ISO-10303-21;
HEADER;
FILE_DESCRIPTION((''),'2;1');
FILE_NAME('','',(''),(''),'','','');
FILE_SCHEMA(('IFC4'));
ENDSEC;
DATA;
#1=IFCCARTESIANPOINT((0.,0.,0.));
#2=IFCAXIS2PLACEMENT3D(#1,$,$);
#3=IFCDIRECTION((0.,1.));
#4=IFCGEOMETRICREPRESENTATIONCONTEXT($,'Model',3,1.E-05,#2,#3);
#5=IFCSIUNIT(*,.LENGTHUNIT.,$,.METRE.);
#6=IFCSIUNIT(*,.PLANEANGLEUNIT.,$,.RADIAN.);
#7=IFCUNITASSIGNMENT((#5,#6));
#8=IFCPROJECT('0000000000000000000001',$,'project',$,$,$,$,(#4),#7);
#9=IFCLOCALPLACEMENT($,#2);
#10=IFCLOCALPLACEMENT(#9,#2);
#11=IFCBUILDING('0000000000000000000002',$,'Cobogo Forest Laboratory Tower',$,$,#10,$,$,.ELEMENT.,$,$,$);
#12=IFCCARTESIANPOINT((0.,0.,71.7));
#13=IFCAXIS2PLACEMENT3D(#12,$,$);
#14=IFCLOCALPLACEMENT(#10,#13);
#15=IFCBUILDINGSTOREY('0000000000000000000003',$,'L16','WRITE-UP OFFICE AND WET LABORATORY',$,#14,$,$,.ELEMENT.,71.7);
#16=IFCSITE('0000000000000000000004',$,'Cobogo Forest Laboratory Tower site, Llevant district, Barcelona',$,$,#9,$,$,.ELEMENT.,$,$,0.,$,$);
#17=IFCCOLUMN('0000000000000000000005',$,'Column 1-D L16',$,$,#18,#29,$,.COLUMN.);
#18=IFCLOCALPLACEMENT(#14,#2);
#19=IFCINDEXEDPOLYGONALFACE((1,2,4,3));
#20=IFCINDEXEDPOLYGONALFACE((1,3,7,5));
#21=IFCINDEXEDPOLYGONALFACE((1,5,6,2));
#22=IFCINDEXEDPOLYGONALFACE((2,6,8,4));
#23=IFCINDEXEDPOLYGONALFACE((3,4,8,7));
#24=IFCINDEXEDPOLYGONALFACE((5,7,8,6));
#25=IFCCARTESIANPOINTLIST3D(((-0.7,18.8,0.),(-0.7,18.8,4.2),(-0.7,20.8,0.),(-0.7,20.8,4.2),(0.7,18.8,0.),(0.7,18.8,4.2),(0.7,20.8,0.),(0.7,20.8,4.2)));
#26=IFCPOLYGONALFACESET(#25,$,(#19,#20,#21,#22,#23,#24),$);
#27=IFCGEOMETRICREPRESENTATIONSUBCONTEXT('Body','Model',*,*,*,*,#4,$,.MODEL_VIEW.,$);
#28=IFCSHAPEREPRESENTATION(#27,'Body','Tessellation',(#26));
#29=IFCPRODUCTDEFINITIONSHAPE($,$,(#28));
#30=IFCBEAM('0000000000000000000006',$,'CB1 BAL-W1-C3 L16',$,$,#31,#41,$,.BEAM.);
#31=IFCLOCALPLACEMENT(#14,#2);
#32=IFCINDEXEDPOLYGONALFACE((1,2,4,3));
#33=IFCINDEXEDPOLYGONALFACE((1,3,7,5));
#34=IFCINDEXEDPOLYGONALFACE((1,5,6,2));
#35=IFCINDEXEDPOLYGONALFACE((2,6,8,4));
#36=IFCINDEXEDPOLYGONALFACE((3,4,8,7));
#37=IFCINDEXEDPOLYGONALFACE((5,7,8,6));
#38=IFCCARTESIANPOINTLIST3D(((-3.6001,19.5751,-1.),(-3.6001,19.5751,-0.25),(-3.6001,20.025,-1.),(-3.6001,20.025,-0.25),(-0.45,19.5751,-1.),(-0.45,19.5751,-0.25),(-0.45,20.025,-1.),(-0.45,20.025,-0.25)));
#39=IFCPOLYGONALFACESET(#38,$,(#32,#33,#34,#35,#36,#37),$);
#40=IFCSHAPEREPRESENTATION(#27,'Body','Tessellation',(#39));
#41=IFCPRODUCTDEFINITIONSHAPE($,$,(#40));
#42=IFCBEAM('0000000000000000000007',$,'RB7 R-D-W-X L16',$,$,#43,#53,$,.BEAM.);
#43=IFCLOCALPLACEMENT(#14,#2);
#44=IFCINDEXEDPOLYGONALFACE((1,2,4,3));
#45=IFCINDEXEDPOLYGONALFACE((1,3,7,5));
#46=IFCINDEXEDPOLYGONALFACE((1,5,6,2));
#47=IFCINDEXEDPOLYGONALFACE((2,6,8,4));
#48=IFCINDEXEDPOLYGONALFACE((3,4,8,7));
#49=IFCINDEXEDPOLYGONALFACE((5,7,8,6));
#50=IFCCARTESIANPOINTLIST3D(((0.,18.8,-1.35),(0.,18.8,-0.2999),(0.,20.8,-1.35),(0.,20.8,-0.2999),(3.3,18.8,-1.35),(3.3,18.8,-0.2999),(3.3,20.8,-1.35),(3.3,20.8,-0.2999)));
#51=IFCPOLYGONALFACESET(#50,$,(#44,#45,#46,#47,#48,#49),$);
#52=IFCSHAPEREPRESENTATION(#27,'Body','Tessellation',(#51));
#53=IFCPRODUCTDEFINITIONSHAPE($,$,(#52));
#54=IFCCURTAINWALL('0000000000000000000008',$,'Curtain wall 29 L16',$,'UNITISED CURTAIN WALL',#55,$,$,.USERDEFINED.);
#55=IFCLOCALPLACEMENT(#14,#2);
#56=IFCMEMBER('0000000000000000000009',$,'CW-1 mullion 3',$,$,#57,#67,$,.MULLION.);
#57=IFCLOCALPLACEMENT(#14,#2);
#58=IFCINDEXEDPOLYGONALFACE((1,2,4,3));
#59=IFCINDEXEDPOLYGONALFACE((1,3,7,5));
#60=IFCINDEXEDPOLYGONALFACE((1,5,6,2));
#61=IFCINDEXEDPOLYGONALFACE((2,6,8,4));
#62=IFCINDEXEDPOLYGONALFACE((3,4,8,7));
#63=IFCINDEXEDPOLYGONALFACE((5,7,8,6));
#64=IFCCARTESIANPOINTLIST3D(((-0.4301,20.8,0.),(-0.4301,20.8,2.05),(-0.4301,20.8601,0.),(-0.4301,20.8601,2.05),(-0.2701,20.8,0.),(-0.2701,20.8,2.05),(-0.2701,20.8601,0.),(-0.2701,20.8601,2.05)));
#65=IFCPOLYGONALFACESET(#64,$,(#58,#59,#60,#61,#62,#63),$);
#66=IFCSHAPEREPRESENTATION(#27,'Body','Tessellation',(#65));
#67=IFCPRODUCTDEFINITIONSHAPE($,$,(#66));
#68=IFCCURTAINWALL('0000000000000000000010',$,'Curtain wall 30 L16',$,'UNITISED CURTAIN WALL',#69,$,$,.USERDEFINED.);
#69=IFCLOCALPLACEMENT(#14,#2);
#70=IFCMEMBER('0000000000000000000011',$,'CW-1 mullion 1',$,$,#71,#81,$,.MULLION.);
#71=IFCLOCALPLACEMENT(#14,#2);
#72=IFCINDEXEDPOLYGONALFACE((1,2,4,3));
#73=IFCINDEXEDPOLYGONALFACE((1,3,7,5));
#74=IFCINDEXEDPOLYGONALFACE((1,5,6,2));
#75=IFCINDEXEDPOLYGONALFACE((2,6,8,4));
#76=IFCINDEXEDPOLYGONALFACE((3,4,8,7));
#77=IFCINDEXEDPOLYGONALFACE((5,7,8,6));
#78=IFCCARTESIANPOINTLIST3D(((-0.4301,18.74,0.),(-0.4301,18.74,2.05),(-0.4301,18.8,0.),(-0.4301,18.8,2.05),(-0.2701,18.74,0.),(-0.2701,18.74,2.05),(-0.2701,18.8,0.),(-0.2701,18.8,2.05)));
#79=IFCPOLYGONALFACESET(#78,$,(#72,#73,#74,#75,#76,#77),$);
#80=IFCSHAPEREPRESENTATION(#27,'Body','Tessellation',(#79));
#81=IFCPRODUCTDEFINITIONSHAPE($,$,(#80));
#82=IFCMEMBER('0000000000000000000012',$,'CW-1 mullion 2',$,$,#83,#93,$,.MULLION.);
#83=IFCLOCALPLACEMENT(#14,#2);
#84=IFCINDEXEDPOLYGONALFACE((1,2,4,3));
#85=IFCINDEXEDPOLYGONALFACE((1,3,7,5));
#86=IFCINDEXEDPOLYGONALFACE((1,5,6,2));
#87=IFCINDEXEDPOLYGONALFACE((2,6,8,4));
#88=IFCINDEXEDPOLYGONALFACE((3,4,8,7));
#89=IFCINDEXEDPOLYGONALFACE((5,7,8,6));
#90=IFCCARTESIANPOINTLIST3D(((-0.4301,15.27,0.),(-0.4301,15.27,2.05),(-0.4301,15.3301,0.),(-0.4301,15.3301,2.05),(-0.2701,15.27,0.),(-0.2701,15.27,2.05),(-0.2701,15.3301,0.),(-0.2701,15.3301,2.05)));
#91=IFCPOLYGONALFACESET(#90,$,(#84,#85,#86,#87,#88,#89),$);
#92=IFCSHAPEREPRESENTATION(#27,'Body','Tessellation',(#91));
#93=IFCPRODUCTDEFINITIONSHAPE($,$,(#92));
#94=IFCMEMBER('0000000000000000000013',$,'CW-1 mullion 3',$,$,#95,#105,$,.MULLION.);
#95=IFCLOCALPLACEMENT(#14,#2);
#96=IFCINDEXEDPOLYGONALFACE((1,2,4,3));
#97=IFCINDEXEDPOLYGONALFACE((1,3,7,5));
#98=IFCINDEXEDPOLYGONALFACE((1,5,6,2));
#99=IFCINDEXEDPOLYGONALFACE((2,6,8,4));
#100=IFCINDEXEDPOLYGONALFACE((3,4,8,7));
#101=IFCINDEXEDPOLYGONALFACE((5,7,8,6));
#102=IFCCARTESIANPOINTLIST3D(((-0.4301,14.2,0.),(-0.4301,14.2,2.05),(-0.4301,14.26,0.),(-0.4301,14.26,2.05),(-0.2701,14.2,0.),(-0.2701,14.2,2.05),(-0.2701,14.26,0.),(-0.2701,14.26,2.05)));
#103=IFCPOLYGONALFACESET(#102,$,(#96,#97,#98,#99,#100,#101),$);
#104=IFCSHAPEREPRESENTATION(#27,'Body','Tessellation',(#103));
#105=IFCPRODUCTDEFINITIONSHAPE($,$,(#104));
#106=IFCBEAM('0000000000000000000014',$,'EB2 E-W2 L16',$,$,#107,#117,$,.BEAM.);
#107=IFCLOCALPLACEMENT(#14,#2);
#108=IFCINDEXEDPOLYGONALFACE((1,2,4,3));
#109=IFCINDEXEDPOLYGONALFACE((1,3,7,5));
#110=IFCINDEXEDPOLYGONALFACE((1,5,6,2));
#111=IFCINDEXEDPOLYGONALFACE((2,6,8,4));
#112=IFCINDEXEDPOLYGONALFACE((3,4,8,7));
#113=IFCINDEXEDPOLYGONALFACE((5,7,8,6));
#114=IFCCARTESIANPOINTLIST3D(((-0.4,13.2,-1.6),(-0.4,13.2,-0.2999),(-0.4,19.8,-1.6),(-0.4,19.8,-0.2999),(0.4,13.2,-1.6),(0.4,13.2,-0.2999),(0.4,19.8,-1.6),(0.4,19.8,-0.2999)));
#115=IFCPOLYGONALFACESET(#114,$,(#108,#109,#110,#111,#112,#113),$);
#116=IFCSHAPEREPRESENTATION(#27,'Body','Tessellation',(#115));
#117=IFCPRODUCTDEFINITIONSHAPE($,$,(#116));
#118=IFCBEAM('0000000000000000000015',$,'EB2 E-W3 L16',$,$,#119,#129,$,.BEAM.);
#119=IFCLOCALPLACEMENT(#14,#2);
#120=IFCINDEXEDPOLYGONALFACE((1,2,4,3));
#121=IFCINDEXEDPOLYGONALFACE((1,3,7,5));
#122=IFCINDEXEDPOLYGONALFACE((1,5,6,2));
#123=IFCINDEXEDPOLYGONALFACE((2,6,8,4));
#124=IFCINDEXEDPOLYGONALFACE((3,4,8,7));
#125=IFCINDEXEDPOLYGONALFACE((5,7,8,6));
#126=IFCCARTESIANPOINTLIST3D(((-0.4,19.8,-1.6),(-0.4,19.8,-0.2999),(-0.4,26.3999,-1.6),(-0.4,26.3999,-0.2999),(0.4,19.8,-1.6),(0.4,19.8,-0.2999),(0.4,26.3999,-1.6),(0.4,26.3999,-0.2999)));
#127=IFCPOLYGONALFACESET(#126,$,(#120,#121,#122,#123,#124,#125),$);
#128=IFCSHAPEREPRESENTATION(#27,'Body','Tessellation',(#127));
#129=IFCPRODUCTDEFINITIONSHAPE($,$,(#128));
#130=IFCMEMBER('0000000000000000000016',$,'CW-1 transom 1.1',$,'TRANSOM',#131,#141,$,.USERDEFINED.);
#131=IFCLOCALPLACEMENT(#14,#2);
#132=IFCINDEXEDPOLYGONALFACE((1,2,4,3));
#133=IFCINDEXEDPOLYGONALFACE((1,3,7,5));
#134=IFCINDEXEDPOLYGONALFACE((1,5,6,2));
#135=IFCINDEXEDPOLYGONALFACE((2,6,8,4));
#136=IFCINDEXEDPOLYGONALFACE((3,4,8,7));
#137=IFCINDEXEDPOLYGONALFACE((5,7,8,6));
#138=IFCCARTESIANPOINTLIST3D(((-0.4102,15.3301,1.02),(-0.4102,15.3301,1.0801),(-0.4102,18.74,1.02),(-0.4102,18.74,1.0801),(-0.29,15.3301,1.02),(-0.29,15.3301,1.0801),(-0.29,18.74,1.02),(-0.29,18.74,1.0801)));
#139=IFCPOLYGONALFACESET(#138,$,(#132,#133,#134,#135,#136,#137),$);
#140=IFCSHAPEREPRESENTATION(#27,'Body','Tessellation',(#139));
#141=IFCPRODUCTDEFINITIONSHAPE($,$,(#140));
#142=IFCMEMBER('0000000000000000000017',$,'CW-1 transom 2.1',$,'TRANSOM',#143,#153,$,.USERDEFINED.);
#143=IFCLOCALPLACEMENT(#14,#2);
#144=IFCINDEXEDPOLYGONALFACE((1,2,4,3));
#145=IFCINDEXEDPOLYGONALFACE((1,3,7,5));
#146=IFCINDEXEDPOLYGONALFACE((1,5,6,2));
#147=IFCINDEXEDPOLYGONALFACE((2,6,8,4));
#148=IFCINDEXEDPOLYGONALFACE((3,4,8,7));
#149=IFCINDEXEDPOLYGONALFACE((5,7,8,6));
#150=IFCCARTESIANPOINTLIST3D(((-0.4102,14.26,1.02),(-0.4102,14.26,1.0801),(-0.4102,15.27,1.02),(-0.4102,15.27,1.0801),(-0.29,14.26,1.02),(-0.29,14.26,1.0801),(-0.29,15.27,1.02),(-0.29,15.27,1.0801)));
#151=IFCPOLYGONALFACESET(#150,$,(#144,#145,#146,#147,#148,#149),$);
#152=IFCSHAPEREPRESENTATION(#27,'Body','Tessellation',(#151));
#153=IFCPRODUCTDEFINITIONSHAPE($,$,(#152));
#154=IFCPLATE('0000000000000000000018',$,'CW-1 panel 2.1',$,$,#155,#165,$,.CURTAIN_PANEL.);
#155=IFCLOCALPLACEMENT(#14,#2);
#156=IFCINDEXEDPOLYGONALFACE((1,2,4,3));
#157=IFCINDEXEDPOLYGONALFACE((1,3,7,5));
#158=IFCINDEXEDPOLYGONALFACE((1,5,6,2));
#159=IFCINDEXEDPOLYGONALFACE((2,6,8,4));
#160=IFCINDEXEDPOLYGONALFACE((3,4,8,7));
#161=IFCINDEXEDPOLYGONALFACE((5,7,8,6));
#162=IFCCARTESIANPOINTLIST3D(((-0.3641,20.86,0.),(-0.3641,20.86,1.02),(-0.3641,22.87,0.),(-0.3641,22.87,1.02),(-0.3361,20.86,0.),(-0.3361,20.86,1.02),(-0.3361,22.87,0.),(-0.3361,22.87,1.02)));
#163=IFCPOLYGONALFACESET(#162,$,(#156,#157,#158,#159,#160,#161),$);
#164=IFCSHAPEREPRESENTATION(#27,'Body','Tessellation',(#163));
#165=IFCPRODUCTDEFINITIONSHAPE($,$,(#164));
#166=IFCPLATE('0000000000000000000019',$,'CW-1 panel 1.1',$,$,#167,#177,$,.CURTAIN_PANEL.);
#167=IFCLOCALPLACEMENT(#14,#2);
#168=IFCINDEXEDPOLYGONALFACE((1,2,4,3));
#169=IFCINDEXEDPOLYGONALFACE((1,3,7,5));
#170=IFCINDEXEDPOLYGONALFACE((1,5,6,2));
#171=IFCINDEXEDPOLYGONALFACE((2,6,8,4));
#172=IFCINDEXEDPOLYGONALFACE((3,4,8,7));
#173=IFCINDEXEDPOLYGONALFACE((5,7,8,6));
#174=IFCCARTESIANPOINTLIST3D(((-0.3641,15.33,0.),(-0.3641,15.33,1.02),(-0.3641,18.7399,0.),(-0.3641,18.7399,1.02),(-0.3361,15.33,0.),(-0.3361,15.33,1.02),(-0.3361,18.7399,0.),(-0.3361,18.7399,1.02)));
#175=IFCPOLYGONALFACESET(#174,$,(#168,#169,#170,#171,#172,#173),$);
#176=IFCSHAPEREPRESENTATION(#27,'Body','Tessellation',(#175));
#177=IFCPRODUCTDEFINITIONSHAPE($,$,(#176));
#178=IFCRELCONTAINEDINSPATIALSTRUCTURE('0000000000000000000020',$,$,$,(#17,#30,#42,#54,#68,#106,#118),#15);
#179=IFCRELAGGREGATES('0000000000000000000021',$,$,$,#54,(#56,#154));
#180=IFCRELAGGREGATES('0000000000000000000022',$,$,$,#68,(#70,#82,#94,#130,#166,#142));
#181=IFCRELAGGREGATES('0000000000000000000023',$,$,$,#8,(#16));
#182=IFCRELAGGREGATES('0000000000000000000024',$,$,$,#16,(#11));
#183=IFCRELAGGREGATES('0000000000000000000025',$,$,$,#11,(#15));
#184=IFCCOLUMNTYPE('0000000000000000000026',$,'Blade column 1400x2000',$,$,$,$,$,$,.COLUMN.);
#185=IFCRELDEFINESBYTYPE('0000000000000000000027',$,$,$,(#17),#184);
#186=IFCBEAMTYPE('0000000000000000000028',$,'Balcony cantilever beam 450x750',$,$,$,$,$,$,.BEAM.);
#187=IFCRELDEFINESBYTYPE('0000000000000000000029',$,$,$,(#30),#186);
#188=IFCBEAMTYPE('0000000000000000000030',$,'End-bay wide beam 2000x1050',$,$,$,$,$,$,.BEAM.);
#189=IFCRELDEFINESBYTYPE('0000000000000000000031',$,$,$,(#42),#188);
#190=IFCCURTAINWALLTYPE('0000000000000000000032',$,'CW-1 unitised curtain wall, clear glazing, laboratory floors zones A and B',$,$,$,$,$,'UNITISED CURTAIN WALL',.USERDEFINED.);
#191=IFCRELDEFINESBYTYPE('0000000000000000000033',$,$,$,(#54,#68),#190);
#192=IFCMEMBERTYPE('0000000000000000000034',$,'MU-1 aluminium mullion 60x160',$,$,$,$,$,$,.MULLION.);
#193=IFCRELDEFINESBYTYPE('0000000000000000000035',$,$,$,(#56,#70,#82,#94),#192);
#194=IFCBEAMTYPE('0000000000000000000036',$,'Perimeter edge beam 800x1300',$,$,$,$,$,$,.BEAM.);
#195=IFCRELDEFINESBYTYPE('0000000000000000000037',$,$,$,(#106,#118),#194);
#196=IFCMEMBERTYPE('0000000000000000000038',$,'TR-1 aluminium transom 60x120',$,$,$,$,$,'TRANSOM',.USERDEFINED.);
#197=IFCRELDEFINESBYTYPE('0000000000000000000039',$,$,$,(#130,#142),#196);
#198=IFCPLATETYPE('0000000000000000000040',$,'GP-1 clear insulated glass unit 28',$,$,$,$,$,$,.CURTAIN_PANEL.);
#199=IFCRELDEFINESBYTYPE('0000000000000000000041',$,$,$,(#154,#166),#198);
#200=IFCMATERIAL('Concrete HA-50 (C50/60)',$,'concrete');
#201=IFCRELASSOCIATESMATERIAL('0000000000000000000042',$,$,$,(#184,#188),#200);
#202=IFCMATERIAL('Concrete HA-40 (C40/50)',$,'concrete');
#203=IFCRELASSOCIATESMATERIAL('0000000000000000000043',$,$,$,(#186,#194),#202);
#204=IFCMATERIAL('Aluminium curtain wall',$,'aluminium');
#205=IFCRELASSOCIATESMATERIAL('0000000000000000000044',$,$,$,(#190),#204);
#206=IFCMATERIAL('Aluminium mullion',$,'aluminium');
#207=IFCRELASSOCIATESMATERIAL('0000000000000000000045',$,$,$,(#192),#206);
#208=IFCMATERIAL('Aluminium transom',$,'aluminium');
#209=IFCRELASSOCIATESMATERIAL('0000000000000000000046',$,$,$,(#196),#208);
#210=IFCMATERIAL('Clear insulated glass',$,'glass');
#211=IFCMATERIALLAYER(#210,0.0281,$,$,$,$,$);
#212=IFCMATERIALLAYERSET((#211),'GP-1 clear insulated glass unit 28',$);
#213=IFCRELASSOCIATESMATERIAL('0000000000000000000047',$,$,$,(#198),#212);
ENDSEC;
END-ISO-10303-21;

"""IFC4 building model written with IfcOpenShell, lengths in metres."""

from ifc_helpers import new_model, si_unit, direction, frame, origin, origin_2d, place, context, subcontext, project, spatial, rectangle, extrude, material, layer, layer_set, material_profile, profile_set, type_object, element, aggregate, save


model = new_model("IFC4")

# Units and contexts
model_context = context("Model", 3, precision=1e-05, world=origin(), true_north=direction((0.0, 1.0)))
body_context = subcontext(model_context, "Body", "Model", "MODEL_VIEW")
ifc_project = project(units=[si_unit("LENGTHUNIT", "METRE"), si_unit("PLANEANGLEUNIT", "RADIAN")], contexts=[model_context])

# Site, building, storey
site_placement = place(None, origin())
site = spatial("IfcSite", under=ifc_project, at=site_placement, Name="Cobogo Forest Laboratory Tower site, Llevant district, Barcelona", CompositionType="ELEMENT", RefElevation=0.0)
building_placement = place(site_placement, origin())
building = spatial("IfcBuilding", under=site, at=building_placement, Name="Cobogo Forest Laboratory Tower", CompositionType="ELEMENT")
storey_placement = place(building_placement, frame((0.0, 0.0, 71.7)))
storey = spatial("IfcBuildingStorey", under=building, at=storey_placement, Name="L16", Description="WRITE-UP OFFICE AND WET LABORATORY", CompositionType="ELEMENT", Elevation=71.7)

# Column
ifc_material_1 = material(Name="Concrete HA-50 (C50/60)", Category="concrete")
ifc_material_profile_1 = material_profile(ifc_material_1, rectangle(XDim=2.0, YDim=1.3999, at=origin_2d()), Name="RC 1400x2000")
ifc_profile_set_1 = profile_set([ifc_material_profile_1], Name="Concrete HA-50 (C50/60)")
column_type = type_object("IfcColumnType", Name="Blade column 1400x2000", PredefinedType="COLUMN", material=ifc_profile_set_1)
column_placement = place(storey_placement, frame((0.0, 19.8, 0.0), z_axis=(0.0, 0.0, 1.0), x_axis=(0.0, 1.0, 0.0)))
element("IfcColumn", 1, at=column_placement, inside=storey, type_object=column_type, Name="Column 1-D L16", PredefinedType="COLUMN", context=body_context, shape_type="SweptSolid", body=[
    extrude(rectangle(XDim=2.0, YDim=1.3999, at=origin_2d()), origin(), (0.0, 0.0, 1.0), 4.2),
])

# Beams
ifc_material_2 = material(Name="Concrete HA-40 (C40/50)", Category="concrete")
ifc_material_profile_2 = material_profile(ifc_material_2, rectangle(XDim=0.45, YDim=0.75, at=origin_2d()), Name="RC 450x750")
ifc_profile_set_2 = profile_set([ifc_material_profile_2], Name="Concrete HA-40 (C40/50)")
beam_type_1 = type_object("IfcBeamType", Name="Balcony cantilever beam 450x750", PredefinedType="BEAM", material=ifc_profile_set_2)
beam_1_placement = place(storey_placement, frame((-0.45, 19.8, -0.625), z_axis=(-1.0, 0.0, 0.0), x_axis=(0.0, -1.0, 0.0)))
element("IfcBeam", 2, at=beam_1_placement, inside=storey, type_object=beam_type_1, Name="CB1 BAL-W1-C3 L16", PredefinedType="BEAM", context=body_context, shape_type="SweptSolid", body=[
    extrude(rectangle(XDim=0.45, YDim=0.75, at=origin_2d()), origin(), (0.0, 0.0, 1.0), 3.1501),
])
ifc_material_profile_3 = material_profile(ifc_material_1, rectangle(XDim=2.0, YDim=1.05, at=origin_2d()), Name="RC 2000x1050")
ifc_profile_set_3 = profile_set([ifc_material_profile_3], Name="Concrete HA-50 (C50/60)")
beam_type_2 = type_object("IfcBeamType", Name="End-bay wide beam 2000x1050", PredefinedType="BEAM", material=ifc_profile_set_3)
beam_2_placement = place(storey_placement, frame((0.0, 19.8, -0.825), z_axis=(1.0, 0.0, 0.0), x_axis=(0.0, 1.0, 0.0)))
element("IfcBeam", 3, at=beam_2_placement, inside=storey, type_object=beam_type_2, Name="RB7 R-D-W-X L16", PredefinedType="BEAM", context=body_context, shape_type="SweptSolid", body=[
    extrude(rectangle(XDim=2.0, YDim=1.05, at=origin_2d()), origin(), (0.0, 0.0, 1.0), 3.3),
])

# Curtain wall, member
ifc_material_3 = material(Name="Aluminium curtain wall", Category="aluminium")
curtain_wall_type = type_object("IfcCurtainWallType", Name="CW-1 unitised curtain wall, clear glazing, laboratory floors zones A and B", ElementType="UNITISED CURTAIN WALL", PredefinedType="USERDEFINED", material=ifc_material_3)
curtain_wall_1_placement = place(storey_placement, origin())
curtain_wall_1 = element("IfcCurtainWall", 4, at=curtain_wall_1_placement, inside=storey, type_object=curtain_wall_type, Name="Curtain wall 29 L16", ObjectType="UNITISED CURTAIN WALL", PredefinedType="USERDEFINED")
ifc_material_4 = material(Name="Aluminium mullion", Category="aluminium")
ifc_material_profile_4 = material_profile(ifc_material_4, rectangle(XDim=0.0601, YDim=0.1599, at=origin_2d()), Name="AL 60x160")
ifc_profile_set_4 = profile_set([ifc_material_profile_4], Name="Aluminium mullion")
member_type_1 = type_object("IfcMemberType", Name="MU-1 aluminium mullion 60x160", PredefinedType="MULLION", material=ifc_profile_set_4)
member_1_placement = place(storey_placement, frame((-0.3501, 20.8301, 0.0), z_axis=(0.0, 0.0, 1.0), x_axis=(0.0, -1.0, 0.0)))
member_1 = element("IfcMember", 5, at=member_1_placement, type_object=member_type_1, Name="CW-1 mullion 3", PredefinedType="MULLION", context=body_context, shape_type="SweptSolid", body=[
    extrude(rectangle(XDim=0.0601, YDim=0.1599, at=origin_2d()), origin(), (0.0, 0.0, 1.0), 2.05),
])

# Curtain wall, members
curtain_wall_2_placement = place(storey_placement, origin())
curtain_wall_2 = element("IfcCurtainWall", 6, at=curtain_wall_2_placement, inside=storey, type_object=curtain_wall_type, Name="Curtain wall 30 L16", ObjectType="UNITISED CURTAIN WALL", PredefinedType="USERDEFINED")
member_2_placement = place(storey_placement, frame((-0.3501, 18.77, 0.0), z_axis=(0.0, 0.0, 1.0), x_axis=(0.0, -1.0, 0.0)))
member_2 = element("IfcMember", 7, at=member_2_placement, type_object=member_type_1, Name="CW-1 mullion 1", PredefinedType="MULLION", context=body_context, shape_type="SweptSolid", body=[
    extrude(rectangle(XDim=0.0601, YDim=0.1599, at=origin_2d()), origin(), (0.0, 0.0, 1.0), 2.05),
])
member_3_placement = place(storey_placement, frame((-0.3501, 15.3, 0.0), z_axis=(0.0, 0.0, 1.0), x_axis=(0.0, -1.0, 0.0)))
member_3 = element("IfcMember", 8, at=member_3_placement, type_object=member_type_1, Name="CW-1 mullion 2", PredefinedType="MULLION", context=body_context, shape_type="SweptSolid", body=[
    extrude(rectangle(XDim=0.0601, YDim=0.1599, at=origin_2d()), origin(), (0.0, 0.0, 1.0), 2.05),
])
member_4_placement = place(storey_placement, frame((-0.3501, 14.23, 0.0), z_axis=(0.0, 0.0, 1.0), x_axis=(0.0, -1.0, 0.0)))
member_4 = element("IfcMember", 9, at=member_4_placement, type_object=member_type_1, Name="CW-1 mullion 3", PredefinedType="MULLION", context=body_context, shape_type="SweptSolid", body=[
    extrude(rectangle(XDim=0.0601, YDim=0.1599, at=origin_2d()), origin(), (0.0, 0.0, 1.0), 2.05),
])

# Beams
ifc_material_profile_5 = material_profile(ifc_material_2, rectangle(XDim=0.8, YDim=1.3, at=origin_2d()), Name="RC 800x1300")
ifc_profile_set_5 = profile_set([ifc_material_profile_5], Name="Concrete HA-40 (C40/50)")
beam_type_3 = type_object("IfcBeamType", Name="Perimeter edge beam 800x1300", PredefinedType="BEAM", material=ifc_profile_set_5)
beam_3_placement = place(storey_placement, frame((0.0, 13.2, -0.95), z_axis=(0.0, 1.0, 0.0), x_axis=(-1.0, 0.0, 0.0)))
element("IfcBeam", 10, at=beam_3_placement, inside=storey, type_object=beam_type_3, Name="EB2 E-W2 L16", PredefinedType="BEAM", context=body_context, shape_type="SweptSolid", body=[
    extrude(rectangle(XDim=0.8, YDim=1.3, at=origin_2d()), origin(), (0.0, 0.0, 1.0), 6.6001),
])
beam_4_placement = place(storey_placement, frame((0.0, 19.8, -0.95), z_axis=(0.0, 1.0, 0.0), x_axis=(-1.0, 0.0, 0.0)))
element("IfcBeam", 11, at=beam_4_placement, inside=storey, type_object=beam_type_3, Name="EB2 E-W3 L16", PredefinedType="BEAM", context=body_context, shape_type="SweptSolid", body=[
    extrude(rectangle(XDim=0.8, YDim=1.3, at=origin_2d()), origin(), (0.0, 0.0, 1.0), 6.5999),
])

# Members
ifc_material_5 = material(Name="Aluminium transom", Category="aluminium")
ifc_material_profile_6 = material_profile(ifc_material_5, rectangle(XDim=0.1201, YDim=0.0601, at=origin_2d()), Name="AL 60x120")
ifc_profile_set_6 = profile_set([ifc_material_profile_6], Name="Aluminium transom")
member_type_2 = type_object("IfcMemberType", Name="TR-1 aluminium transom 60x120", ElementType="TRANSOM", PredefinedType="USERDEFINED", material=ifc_profile_set_6)
member_5_placement = place(storey_placement, frame((-0.3501, 18.74, 1.05), z_axis=(0.0, -1.0, 0.0), x_axis=(1.0, 0.0, 0.0)))
member_5 = element("IfcMember", 12, at=member_5_placement, type_object=member_type_2, Name="CW-1 transom 1.1", ObjectType="TRANSOM", PredefinedType="USERDEFINED", context=body_context, shape_type="SweptSolid", body=[
    extrude(rectangle(XDim=0.1201, YDim=0.0601, at=origin_2d()), origin(), (0.0, 0.0, 1.0), 3.4099),
])
member_6_placement = place(storey_placement, frame((-0.3501, 15.27, 1.05), z_axis=(0.0, -1.0, 0.0), x_axis=(1.0, 0.0, 0.0)))
member_6 = element("IfcMember", 13, at=member_6_placement, type_object=member_type_2, Name="CW-1 transom 2.1", ObjectType="TRANSOM", PredefinedType="USERDEFINED", context=body_context, shape_type="SweptSolid", body=[
    extrude(rectangle(XDim=0.1201, YDim=0.0601, at=origin_2d()), origin(), (0.0, 0.0, 1.0), 1.01),
])

# Plates
ifc_material_6 = material(Name="Clear insulated glass", Category="glass")
ifc_layer_1 = layer(ifc_material_6, 0.0281)
ifc_layer_set_1 = layer_set([ifc_layer_1], Name="GP-1 clear insulated glass unit 28")
plate_type_1 = type_object("IfcPlateType", Name="GP-1 clear insulated glass unit 28", PredefinedType="CURTAIN_PANEL", material=ifc_layer_set_1)
plate_1_placement = place(storey_placement, frame((-0.3501, 21.865, 0.0), z_axis=(0.0, 0.0, 1.0), x_axis=(0.0, -1.0, 0.0)))
plate_1 = element("IfcPlate", 14, at=plate_1_placement, type_object=plate_type_1, Name="CW-1 panel 2.1", PredefinedType="CURTAIN_PANEL", context=body_context, shape_type="SweptSolid", body=[
    extrude(rectangle(XDim=2.01, YDim=0.0281, at=origin_2d()), origin(), (0.0, 0.0, 1.0), 1.02),
])
aggregate(curtain_wall_1, [member_1, plate_1])
plate_2_placement = place(storey_placement, frame((-0.3501, 17.0349, 0.0), z_axis=(0.0, 0.0, 1.0), x_axis=(0.0, -1.0, 0.0)))
plate_2 = element("IfcPlate", 15, at=plate_2_placement, type_object=plate_type_1, Name="CW-1 panel 1.1", PredefinedType="CURTAIN_PANEL", context=body_context, shape_type="SweptSolid", body=[
    extrude(rectangle(XDim=3.4099, YDim=0.0281, at=origin_2d()), origin(), (0.0, 0.0, 1.0), 1.02),
])
aggregate(curtain_wall_2, [member_2, member_3, member_4, member_5, plate_2, member_6])

save(model, "model.ifc")
